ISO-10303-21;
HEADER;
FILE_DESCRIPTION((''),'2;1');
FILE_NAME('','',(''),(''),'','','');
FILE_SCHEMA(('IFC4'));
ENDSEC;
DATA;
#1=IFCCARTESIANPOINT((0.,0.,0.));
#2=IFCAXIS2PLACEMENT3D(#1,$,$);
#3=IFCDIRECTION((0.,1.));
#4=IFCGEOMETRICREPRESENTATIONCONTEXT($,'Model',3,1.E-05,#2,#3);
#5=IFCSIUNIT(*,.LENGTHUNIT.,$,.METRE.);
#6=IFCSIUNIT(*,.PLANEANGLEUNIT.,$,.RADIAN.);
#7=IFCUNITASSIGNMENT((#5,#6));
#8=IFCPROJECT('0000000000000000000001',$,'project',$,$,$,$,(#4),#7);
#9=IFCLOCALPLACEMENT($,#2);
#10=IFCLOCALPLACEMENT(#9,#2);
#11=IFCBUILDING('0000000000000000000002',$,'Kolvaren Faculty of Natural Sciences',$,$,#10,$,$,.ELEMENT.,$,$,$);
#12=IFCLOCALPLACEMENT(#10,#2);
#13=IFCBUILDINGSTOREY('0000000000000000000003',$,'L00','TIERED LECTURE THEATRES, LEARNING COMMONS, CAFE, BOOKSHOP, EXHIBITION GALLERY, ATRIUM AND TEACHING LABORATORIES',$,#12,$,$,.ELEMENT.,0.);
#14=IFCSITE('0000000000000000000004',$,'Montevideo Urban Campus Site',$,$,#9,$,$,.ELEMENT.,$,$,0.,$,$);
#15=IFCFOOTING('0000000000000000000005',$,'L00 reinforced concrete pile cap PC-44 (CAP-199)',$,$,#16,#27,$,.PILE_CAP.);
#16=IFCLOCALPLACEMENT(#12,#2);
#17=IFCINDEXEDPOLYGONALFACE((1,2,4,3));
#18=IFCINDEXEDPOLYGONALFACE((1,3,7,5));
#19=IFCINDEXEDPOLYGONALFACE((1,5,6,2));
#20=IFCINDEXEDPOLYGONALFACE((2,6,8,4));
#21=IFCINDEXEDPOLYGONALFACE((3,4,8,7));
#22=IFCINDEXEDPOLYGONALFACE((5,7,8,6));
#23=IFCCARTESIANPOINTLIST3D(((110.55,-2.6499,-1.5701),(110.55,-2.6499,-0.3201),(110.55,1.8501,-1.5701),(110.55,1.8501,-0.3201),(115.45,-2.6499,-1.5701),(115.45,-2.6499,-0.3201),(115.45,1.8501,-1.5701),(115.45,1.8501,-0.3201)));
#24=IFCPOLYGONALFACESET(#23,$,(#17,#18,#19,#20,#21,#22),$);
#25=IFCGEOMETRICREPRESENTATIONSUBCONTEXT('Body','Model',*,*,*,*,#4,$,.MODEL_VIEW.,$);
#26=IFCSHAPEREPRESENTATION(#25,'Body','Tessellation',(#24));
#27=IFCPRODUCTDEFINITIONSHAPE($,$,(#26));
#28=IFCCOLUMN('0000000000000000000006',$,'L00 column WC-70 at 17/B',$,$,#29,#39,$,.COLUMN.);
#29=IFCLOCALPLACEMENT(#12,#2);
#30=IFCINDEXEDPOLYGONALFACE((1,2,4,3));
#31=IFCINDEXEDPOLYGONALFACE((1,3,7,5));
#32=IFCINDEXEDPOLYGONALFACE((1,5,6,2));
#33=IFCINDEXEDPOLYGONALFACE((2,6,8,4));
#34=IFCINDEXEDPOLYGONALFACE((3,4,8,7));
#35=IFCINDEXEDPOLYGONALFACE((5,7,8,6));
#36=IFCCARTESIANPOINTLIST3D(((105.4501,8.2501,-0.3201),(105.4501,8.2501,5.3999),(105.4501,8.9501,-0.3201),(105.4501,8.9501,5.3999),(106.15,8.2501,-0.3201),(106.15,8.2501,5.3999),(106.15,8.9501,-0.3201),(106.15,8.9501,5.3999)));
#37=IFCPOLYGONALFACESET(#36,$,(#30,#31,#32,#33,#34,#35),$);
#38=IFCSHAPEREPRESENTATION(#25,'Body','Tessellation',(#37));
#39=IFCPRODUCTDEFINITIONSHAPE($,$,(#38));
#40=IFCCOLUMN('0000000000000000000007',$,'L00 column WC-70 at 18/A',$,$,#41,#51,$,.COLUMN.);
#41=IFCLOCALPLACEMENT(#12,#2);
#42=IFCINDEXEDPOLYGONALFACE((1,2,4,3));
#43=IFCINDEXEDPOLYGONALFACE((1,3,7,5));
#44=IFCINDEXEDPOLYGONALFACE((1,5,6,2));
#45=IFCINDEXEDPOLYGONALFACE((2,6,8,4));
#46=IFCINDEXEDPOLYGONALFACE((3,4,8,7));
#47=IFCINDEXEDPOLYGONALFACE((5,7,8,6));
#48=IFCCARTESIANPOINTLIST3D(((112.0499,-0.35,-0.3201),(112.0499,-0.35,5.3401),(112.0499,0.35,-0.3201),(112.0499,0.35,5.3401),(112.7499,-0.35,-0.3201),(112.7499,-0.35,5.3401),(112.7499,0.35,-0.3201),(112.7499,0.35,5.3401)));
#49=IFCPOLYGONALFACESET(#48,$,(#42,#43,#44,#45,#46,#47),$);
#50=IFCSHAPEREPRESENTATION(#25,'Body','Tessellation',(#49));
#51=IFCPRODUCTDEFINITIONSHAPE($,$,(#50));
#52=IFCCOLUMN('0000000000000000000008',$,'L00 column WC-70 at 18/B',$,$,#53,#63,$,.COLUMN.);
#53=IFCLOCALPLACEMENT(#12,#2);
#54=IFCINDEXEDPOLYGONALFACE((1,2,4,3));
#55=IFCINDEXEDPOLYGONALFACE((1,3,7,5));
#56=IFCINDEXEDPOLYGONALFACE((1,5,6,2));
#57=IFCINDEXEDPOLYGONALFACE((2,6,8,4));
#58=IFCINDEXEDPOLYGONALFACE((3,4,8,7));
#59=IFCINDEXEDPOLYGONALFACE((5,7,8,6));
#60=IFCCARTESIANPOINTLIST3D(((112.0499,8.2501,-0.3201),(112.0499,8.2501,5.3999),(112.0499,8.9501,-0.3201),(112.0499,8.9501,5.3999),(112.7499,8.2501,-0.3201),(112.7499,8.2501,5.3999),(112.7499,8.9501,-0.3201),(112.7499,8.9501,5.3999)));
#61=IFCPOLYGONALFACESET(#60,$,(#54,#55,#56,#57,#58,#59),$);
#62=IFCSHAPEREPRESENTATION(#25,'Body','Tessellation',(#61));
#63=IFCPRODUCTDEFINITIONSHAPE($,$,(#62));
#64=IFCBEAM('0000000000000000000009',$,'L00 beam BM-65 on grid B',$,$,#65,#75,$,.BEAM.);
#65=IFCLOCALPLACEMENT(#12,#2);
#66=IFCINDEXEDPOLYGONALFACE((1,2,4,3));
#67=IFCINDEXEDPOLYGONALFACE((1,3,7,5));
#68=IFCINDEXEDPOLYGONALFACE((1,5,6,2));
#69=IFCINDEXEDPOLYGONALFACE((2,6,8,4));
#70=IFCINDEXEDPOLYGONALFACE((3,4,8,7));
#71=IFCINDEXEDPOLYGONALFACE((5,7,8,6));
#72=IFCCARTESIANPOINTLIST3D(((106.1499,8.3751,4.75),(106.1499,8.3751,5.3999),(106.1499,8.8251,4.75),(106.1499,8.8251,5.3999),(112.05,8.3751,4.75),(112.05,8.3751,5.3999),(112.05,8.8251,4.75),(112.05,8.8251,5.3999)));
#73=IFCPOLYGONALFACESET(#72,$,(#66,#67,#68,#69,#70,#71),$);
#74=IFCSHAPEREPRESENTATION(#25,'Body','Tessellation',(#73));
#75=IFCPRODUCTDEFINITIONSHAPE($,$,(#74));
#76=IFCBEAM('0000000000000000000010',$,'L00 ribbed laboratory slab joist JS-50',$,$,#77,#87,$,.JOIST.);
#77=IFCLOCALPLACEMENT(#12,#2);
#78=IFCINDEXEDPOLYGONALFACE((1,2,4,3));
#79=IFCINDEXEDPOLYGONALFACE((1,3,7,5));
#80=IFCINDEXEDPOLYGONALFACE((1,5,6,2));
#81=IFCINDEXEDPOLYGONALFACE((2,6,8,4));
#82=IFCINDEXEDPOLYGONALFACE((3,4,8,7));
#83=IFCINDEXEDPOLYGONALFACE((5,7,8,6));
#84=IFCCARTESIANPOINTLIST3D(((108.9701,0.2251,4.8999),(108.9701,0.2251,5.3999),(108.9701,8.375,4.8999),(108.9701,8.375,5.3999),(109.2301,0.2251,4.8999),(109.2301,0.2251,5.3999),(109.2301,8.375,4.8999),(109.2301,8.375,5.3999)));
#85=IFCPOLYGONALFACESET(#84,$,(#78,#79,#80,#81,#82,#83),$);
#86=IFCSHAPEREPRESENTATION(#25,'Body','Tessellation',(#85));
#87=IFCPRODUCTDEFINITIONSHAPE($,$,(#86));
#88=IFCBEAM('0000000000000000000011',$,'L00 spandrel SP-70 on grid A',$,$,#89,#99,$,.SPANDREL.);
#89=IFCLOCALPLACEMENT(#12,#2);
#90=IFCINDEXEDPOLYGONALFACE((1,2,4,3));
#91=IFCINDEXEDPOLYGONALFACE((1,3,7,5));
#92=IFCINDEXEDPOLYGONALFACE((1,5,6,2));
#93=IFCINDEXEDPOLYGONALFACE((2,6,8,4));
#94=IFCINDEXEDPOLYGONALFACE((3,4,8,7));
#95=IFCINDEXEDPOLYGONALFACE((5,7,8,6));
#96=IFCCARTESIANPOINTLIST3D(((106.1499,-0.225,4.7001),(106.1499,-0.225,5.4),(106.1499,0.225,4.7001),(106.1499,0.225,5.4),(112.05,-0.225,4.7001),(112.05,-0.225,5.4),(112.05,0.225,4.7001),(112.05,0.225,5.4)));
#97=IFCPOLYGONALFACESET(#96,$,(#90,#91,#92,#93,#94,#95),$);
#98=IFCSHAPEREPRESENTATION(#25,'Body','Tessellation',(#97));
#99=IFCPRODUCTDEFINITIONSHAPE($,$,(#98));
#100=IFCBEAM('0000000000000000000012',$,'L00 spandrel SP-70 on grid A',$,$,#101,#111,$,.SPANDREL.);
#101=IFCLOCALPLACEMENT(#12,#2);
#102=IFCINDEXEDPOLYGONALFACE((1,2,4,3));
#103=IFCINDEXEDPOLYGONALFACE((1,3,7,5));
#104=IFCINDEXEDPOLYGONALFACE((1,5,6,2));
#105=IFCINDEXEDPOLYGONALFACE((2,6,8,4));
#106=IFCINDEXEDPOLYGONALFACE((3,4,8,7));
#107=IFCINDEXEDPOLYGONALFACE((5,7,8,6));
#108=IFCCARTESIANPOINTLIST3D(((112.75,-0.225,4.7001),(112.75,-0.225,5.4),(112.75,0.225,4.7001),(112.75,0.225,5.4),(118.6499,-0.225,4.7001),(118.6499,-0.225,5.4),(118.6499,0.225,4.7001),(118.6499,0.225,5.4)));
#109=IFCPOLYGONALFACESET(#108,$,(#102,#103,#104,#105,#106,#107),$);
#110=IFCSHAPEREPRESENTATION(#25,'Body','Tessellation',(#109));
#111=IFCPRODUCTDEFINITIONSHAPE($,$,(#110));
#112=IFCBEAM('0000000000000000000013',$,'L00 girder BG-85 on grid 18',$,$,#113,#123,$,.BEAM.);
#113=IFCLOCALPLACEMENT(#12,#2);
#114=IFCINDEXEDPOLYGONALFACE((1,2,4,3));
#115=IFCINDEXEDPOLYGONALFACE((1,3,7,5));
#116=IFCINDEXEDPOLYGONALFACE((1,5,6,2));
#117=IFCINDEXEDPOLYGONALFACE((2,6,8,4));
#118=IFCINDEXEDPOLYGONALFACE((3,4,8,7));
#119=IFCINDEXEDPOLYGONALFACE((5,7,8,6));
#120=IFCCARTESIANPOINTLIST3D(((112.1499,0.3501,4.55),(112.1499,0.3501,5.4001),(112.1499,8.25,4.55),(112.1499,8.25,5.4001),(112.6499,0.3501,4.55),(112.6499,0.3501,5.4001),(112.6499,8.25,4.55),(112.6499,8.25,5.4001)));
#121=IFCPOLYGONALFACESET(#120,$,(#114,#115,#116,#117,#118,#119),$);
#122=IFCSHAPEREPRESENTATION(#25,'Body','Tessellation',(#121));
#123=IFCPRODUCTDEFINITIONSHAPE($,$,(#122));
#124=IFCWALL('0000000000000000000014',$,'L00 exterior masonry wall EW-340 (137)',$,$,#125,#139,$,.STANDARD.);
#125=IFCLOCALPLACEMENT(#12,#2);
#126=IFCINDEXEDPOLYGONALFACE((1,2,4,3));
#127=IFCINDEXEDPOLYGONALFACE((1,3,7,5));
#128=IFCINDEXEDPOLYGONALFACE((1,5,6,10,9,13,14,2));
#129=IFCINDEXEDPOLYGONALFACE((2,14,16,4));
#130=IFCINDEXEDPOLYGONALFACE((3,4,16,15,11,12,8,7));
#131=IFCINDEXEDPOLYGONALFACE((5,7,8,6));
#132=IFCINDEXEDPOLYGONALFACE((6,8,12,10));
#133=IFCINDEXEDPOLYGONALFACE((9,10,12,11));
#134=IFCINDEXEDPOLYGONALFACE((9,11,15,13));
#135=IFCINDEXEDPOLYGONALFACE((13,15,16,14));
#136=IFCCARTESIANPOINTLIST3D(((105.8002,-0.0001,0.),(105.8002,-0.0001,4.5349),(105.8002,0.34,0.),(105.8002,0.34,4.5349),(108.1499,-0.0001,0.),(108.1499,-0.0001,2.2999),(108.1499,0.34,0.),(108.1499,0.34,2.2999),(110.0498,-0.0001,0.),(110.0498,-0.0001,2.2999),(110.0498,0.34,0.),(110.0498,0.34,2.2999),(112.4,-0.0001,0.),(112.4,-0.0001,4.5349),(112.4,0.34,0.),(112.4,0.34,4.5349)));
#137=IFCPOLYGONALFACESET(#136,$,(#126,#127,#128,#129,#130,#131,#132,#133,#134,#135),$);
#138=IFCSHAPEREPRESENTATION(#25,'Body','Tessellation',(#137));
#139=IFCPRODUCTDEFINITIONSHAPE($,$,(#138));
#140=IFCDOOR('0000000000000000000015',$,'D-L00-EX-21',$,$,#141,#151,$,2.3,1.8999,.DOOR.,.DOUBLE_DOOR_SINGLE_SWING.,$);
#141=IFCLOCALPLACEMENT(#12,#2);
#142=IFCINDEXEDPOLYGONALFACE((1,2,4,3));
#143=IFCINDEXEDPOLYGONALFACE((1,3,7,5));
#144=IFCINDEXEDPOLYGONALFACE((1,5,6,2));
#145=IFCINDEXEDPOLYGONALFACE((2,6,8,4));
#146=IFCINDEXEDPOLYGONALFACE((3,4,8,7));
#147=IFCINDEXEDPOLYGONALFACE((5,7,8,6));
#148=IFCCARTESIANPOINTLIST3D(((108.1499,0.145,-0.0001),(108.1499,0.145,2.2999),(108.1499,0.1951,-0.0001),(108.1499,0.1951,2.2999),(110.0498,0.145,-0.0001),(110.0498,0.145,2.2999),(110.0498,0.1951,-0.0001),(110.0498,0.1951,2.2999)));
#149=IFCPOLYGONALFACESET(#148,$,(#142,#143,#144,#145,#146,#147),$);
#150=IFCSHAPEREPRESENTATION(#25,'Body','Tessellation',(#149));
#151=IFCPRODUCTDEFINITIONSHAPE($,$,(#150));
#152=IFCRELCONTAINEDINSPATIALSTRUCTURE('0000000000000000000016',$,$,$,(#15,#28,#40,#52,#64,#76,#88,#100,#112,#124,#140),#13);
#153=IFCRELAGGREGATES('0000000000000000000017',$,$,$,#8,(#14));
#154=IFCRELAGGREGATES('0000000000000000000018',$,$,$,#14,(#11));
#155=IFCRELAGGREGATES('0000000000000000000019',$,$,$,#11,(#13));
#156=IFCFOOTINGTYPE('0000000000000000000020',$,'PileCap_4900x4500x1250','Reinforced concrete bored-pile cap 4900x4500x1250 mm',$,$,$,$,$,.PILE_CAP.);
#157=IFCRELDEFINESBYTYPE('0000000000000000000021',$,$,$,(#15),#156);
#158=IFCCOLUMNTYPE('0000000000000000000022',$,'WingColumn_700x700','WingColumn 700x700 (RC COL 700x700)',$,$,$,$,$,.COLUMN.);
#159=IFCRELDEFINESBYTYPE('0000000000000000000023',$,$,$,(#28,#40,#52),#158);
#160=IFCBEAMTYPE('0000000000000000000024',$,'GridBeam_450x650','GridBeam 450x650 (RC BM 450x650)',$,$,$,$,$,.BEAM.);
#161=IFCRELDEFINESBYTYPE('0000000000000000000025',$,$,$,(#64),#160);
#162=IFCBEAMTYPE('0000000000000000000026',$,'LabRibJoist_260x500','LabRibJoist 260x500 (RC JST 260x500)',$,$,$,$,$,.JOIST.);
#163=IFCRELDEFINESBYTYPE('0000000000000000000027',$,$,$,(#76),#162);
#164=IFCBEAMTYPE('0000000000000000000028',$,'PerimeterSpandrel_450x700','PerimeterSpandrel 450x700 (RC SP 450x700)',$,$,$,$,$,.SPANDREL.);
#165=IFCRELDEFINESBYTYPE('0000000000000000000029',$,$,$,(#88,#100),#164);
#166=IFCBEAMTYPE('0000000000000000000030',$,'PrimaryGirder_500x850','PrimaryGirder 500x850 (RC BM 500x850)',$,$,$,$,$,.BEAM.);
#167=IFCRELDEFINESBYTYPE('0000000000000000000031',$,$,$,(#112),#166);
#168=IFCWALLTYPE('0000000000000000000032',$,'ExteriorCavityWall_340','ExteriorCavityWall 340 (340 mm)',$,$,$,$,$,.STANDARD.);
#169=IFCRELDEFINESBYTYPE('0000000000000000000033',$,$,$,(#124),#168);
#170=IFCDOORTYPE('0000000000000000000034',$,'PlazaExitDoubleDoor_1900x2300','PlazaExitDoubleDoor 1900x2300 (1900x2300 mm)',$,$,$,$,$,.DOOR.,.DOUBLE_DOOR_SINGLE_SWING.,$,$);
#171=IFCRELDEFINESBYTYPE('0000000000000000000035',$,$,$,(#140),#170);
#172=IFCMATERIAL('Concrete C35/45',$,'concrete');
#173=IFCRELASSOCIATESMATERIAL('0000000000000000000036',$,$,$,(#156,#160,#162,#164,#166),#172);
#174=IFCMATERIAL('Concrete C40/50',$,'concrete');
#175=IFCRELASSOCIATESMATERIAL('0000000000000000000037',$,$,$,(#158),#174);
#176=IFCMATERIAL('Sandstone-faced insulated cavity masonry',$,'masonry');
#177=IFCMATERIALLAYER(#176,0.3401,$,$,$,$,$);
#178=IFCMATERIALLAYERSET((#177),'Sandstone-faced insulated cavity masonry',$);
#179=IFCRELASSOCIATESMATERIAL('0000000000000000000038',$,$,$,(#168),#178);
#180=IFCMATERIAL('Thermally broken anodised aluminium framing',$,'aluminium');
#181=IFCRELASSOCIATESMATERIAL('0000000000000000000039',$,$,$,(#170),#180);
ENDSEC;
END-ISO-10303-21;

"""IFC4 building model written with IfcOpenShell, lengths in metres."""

from ifc_helpers import new_model, si_unit, direction, frame, frame_2d, origin, origin_2d, place, context, subcontext, project, spatial, rectangle, extrude, material, layer, layer_set, material_profile, profile_set, type_object, element, fill, save


model = new_model("IFC4")

# Units and contexts
model_context = context("Model", 3, precision=1e-05, world=origin(), true_north=direction((0.0, 1.0)))
body_context = subcontext(model_context, "Body", "Model", "MODEL_VIEW")
ifc_project = project(units=[si_unit("LENGTHUNIT", "METRE"), si_unit("PLANEANGLEUNIT", "RADIAN")], contexts=[model_context])

# Site, building, storey
site_placement = place(None, origin())
site = spatial("IfcSite", under=ifc_project, at=site_placement, Name="Montevideo Urban Campus Site", CompositionType="ELEMENT", RefElevation=0.0)
building_placement = place(site_placement, origin())
building = spatial("IfcBuilding", under=site, at=building_placement, Name="Kolvaren Faculty of Natural Sciences", CompositionType="ELEMENT")
storey_placement = place(building_placement, origin())
storey = spatial("IfcBuildingStorey", under=building, at=storey_placement, Name="L00", Description="TIERED LECTURE THEATRES, LEARNING COMMONS, CAFE, BOOKSHOP, EXHIBITION GALLERY, ATRIUM AND TEACHING LABORATORIES", CompositionType="ELEMENT", Elevation=0.0)

# Shared definitions
ifc_material_1 = material(Name="Concrete C35/45", Category="concrete")

# Footing
footing_type_1 = type_object("IfcFootingType", Name="PileCap_4900x4500x1250", Description="Reinforced concrete bored-pile cap 4900x4500x1250 mm", PredefinedType="PILE_CAP", material=ifc_material_1)
footing_placement = place(storey_placement, frame((113.0, -0.3999, -1.5701), z_axis=(0.0, 0.0, 1.0), x_axis=(1.0, 0.0, 0.0)))
element("IfcFooting", 1, at=footing_placement, inside=storey, type_object=footing_type_1, Name="L00 reinforced concrete pile cap PC-44 (CAP-199)", PredefinedType="PILE_CAP", context=body_context, shape_type="SweptSolid", body=[
    extrude(rectangle(XDim=4.8999, YDim=4.5, at=origin_2d()), origin(), (0.0, 0.0, 1.0), 1.25),
])

# Columns
ifc_material_2 = material(Name="Concrete C40/50", Category="concrete")
ifc_material_profile_1 = material_profile(ifc_material_2, rectangle(XDim=0.7, YDim=0.7, at=origin_2d()), Name="RC COL 700x700")
ifc_profile_set_1 = profile_set([ifc_material_profile_1], Name="Concrete C40/50")
column_type = type_object("IfcColumnType", Name="WingColumn_700x700", Description="WingColumn 700x700 (RC COL 700x700)", PredefinedType="COLUMN", material=ifc_profile_set_1)
column_1_placement = place(storey_placement, frame((105.8, 8.6001, -0.3201), z_axis=(0.0, 0.0, 1.0), x_axis=(1.0, 0.0, 0.0)))
element("IfcColumn", 2, at=column_1_placement, inside=storey, type_object=column_type, Name="L00 column WC-70 at 17/B", PredefinedType="COLUMN", context=body_context, shape_type="SweptSolid", body=[
    extrude(rectangle(XDim=0.7, YDim=0.7, at=origin_2d()), origin(), (0.0, 0.0, 1.0), 5.72),
])
column_2_placement = place(storey_placement, frame((112.3999, 0.0, -0.3201), z_axis=(0.0, 0.0, 1.0), x_axis=(1.0, 0.0, 0.0)))
element("IfcColumn", 3, at=column_2_placement, inside=storey, type_object=column_type, Name="L00 column WC-70 at 18/A", PredefinedType="COLUMN", context=body_context, shape_type="SweptSolid", body=[
    extrude(rectangle(XDim=0.7, YDim=0.7, at=origin_2d()), origin(), (0.0, 0.0, 1.0), 5.6602),
])
column_3_placement = place(storey_placement, frame((112.3999, 8.6001, -0.3201), z_axis=(0.0, 0.0, 1.0), x_axis=(1.0, 0.0, 0.0)))
element("IfcColumn", 4, at=column_3_placement, inside=storey, type_object=column_type, Name="L00 column WC-70 at 18/B", PredefinedType="COLUMN", context=body_context, shape_type="SweptSolid", body=[
    extrude(rectangle(XDim=0.7, YDim=0.7, at=origin_2d()), origin(), (0.0, 0.0, 1.0), 5.72),
])

# Beams
ifc_material_profile_2 = material_profile(ifc_material_1, rectangle(XDim=0.45, YDim=0.6499, at=origin_2d()), Name="RC BM 450x650")
ifc_profile_set_2 = profile_set([ifc_material_profile_2], Name="Concrete C35/45")
beam_type_1 = type_object("IfcBeamType", Name="GridBeam_450x650", Description="GridBeam 450x650 (RC BM 450x650)", PredefinedType="BEAM", material=ifc_profile_set_2)
beam_1_placement = place(storey_placement, frame((106.1499, 8.6001, 5.075), z_axis=(1.0, 0.0, 0.0), x_axis=(0.0, 1.0, 0.0)))
element("IfcBeam", 5, at=beam_1_placement, inside=storey, type_object=beam_type_1, Name="L00 beam BM-65 on grid B", PredefinedType="BEAM", context=body_context, shape_type="SweptSolid", body=[
    extrude(rectangle(XDim=0.45, YDim=0.6499, at=origin_2d()), origin(), (0.0, 0.0, 1.0), 5.9001),
])
ifc_material_profile_3 = material_profile(ifc_material_1, rectangle(XDim=0.26, YDim=0.5, at=origin_2d()), Name="RC JST 260x500")
ifc_profile_set_3 = profile_set([ifc_material_profile_3], Name="Concrete C35/45")
beam_type_2 = type_object("IfcBeamType", Name="LabRibJoist_260x500", Description="LabRibJoist 260x500 (RC JST 260x500)", PredefinedType="JOIST", material=ifc_profile_set_3)
beam_2_placement = place(storey_placement, frame((109.1001, 0.2251, 5.1499), z_axis=(0.0, 1.0, 0.0), x_axis=(-1.0, 0.0, 0.0)))
element("IfcBeam", 6, at=beam_2_placement, inside=storey, type_object=beam_type_2, Name="L00 ribbed laboratory slab joist JS-50", PredefinedType="JOIST", context=body_context, shape_type="SweptSolid", body=[
    extrude(rectangle(XDim=0.26, YDim=0.5, at=origin_2d()), origin(), (0.0, 0.0, 1.0), 8.1499),
])
ifc_material_profile_4 = material_profile(ifc_material_1, rectangle(XDim=0.45, YDim=0.7, at=origin_2d()), Name="RC SP 450x700")
ifc_profile_set_4 = profile_set([ifc_material_profile_4], Name="Concrete C35/45")
beam_type_3 = type_object("IfcBeamType", Name="PerimeterSpandrel_450x700", Description="PerimeterSpandrel 450x700 (RC SP 450x700)", PredefinedType="SPANDREL", material=ifc_profile_set_4)
beam_3_placement = place(storey_placement, frame((106.1499, 0.0, 5.05), z_axis=(1.0, 0.0, 0.0), x_axis=(0.0, 1.0, 0.0)))
element("IfcBeam", 7, at=beam_3_placement, inside=storey, type_object=beam_type_3, Name="L00 spandrel SP-70 on grid A", PredefinedType="SPANDREL", context=body_context, shape_type="SweptSolid", body=[
    extrude(rectangle(XDim=0.45, YDim=0.7, at=origin_2d()), origin(), (0.0, 0.0, 1.0), 5.9001),
])
beam_4_placement = place(storey_placement, frame((112.75, 0.0, 5.05), z_axis=(1.0, 0.0, 0.0), x_axis=(0.0, 1.0, 0.0)))
element("IfcBeam", 8, at=beam_4_placement, inside=storey, type_object=beam_type_3, Name="L00 spandrel SP-70 on grid A", PredefinedType="SPANDREL", context=body_context, shape_type="SweptSolid", body=[
    extrude(rectangle(XDim=0.45, YDim=0.7, at=origin_2d()), origin(), (0.0, 0.0, 1.0), 5.8999),
])
ifc_material_profile_5 = material_profile(ifc_material_1, rectangle(XDim=0.5, YDim=0.8501, at=origin_2d()), Name="RC BM 500x850")
ifc_profile_set_5 = profile_set([ifc_material_profile_5], Name="Concrete C35/45")
beam_type_4 = type_object("IfcBeamType", Name="PrimaryGirder_500x850", Description="PrimaryGirder 500x850 (RC BM 500x850)", PredefinedType="BEAM", material=ifc_profile_set_5)
beam_5_placement = place(storey_placement, frame((112.3999, 0.3501, 4.9751), z_axis=(0.0, 1.0, 0.0), x_axis=(-1.0, 0.0, 0.0)))
element("IfcBeam", 9, at=beam_5_placement, inside=storey, type_object=beam_type_4, Name="L00 girder BG-85 on grid 18", PredefinedType="BEAM", context=body_context, shape_type="SweptSolid", body=[
    extrude(rectangle(XDim=0.5, YDim=0.8501, at=origin_2d()), origin(), (0.0, 0.0, 1.0), 7.8999),
])

# Wall, opening, door
ifc_material_3 = material(Name="Sandstone-faced insulated cavity masonry", Category="masonry")
ifc_layer = layer(ifc_material_3, 0.3401)
ifc_layer_set = layer_set([ifc_layer], Name="Sandstone-faced insulated cavity masonry")
wall_type = type_object("IfcWallType", Name="ExteriorCavityWall_340", Description="ExteriorCavityWall 340 (340 mm)", PredefinedType="STANDARD", material=ifc_layer_set)
wall_placement = place(storey_placement, frame((112.3999, 0.1699, 0.0), z_axis=(0.0, 0.0, 1.0), x_axis=(-1.0, 0.0, 0.0)))
wall = element("IfcWall", 10, at=wall_placement, inside=storey, type_object=wall_type, Name="L00 exterior masonry wall EW-340 (137)", PredefinedType="STANDARD", context=body_context, shape_type="SweptSolid", body=[
    extrude(rectangle(XDim=6.5999, YDim=0.3401, at=frame_2d((3.2998, 0.0))), origin(), (0.0, 0.0, 1.0), 4.5349),
])
opening_placement = place(wall_placement, frame((2.3501, 0.0, 0.0)))
opening = element("IfcOpeningElement", 11, at=opening_placement, cuts=wall, PredefinedType="OPENING", context=body_context, shape_type="SweptSolid", body=[
    extrude(rectangle(XDim=1.8999, YDim=2.3, at=frame_2d((0.95, 1.1499))), frame((0.0, 0.1799, 0.0), z_axis=(0.0, -1.0, 0.0), x_axis=(1.0, 0.0, 0.0)), (0.0, 0.0, 1.0), 0.3601),
])
ifc_material_4 = material(Name="Thermally broken anodised aluminium framing", Category="aluminium")
door_type = type_object("IfcDoorType", Name="PlazaExitDoubleDoor_1900x2300", Description="PlazaExitDoubleDoor 1900x2300 (1900x2300 mm)", OperationType="DOUBLE_DOOR_SINGLE_SWING", PredefinedType="DOOR", material=ifc_material_4)
door_placement = place(opening_placement, origin())
door = element("IfcDoor", 12, at=door_placement, inside=storey, type_object=door_type, Name="D-L00-EX-21", OperationType="DOUBLE_DOOR_SINGLE_SWING", OverallHeight=2.3, OverallWidth=1.8999, PredefinedType="DOOR", context=body_context, shape_type="SweptSolid", body=[
    extrude(rectangle(XDim=1.8999, YDim=2.3, at=frame_2d((0.95, 1.1499))), frame((0.0, 0.0249, 0.0), z_axis=(0.0, -1.0, 0.0), x_axis=(1.0, 0.0, 0.0)), (0.0, 0.0, 1.0), 0.05),
])
fill(opening, door)

save(model, "model.ifc")
